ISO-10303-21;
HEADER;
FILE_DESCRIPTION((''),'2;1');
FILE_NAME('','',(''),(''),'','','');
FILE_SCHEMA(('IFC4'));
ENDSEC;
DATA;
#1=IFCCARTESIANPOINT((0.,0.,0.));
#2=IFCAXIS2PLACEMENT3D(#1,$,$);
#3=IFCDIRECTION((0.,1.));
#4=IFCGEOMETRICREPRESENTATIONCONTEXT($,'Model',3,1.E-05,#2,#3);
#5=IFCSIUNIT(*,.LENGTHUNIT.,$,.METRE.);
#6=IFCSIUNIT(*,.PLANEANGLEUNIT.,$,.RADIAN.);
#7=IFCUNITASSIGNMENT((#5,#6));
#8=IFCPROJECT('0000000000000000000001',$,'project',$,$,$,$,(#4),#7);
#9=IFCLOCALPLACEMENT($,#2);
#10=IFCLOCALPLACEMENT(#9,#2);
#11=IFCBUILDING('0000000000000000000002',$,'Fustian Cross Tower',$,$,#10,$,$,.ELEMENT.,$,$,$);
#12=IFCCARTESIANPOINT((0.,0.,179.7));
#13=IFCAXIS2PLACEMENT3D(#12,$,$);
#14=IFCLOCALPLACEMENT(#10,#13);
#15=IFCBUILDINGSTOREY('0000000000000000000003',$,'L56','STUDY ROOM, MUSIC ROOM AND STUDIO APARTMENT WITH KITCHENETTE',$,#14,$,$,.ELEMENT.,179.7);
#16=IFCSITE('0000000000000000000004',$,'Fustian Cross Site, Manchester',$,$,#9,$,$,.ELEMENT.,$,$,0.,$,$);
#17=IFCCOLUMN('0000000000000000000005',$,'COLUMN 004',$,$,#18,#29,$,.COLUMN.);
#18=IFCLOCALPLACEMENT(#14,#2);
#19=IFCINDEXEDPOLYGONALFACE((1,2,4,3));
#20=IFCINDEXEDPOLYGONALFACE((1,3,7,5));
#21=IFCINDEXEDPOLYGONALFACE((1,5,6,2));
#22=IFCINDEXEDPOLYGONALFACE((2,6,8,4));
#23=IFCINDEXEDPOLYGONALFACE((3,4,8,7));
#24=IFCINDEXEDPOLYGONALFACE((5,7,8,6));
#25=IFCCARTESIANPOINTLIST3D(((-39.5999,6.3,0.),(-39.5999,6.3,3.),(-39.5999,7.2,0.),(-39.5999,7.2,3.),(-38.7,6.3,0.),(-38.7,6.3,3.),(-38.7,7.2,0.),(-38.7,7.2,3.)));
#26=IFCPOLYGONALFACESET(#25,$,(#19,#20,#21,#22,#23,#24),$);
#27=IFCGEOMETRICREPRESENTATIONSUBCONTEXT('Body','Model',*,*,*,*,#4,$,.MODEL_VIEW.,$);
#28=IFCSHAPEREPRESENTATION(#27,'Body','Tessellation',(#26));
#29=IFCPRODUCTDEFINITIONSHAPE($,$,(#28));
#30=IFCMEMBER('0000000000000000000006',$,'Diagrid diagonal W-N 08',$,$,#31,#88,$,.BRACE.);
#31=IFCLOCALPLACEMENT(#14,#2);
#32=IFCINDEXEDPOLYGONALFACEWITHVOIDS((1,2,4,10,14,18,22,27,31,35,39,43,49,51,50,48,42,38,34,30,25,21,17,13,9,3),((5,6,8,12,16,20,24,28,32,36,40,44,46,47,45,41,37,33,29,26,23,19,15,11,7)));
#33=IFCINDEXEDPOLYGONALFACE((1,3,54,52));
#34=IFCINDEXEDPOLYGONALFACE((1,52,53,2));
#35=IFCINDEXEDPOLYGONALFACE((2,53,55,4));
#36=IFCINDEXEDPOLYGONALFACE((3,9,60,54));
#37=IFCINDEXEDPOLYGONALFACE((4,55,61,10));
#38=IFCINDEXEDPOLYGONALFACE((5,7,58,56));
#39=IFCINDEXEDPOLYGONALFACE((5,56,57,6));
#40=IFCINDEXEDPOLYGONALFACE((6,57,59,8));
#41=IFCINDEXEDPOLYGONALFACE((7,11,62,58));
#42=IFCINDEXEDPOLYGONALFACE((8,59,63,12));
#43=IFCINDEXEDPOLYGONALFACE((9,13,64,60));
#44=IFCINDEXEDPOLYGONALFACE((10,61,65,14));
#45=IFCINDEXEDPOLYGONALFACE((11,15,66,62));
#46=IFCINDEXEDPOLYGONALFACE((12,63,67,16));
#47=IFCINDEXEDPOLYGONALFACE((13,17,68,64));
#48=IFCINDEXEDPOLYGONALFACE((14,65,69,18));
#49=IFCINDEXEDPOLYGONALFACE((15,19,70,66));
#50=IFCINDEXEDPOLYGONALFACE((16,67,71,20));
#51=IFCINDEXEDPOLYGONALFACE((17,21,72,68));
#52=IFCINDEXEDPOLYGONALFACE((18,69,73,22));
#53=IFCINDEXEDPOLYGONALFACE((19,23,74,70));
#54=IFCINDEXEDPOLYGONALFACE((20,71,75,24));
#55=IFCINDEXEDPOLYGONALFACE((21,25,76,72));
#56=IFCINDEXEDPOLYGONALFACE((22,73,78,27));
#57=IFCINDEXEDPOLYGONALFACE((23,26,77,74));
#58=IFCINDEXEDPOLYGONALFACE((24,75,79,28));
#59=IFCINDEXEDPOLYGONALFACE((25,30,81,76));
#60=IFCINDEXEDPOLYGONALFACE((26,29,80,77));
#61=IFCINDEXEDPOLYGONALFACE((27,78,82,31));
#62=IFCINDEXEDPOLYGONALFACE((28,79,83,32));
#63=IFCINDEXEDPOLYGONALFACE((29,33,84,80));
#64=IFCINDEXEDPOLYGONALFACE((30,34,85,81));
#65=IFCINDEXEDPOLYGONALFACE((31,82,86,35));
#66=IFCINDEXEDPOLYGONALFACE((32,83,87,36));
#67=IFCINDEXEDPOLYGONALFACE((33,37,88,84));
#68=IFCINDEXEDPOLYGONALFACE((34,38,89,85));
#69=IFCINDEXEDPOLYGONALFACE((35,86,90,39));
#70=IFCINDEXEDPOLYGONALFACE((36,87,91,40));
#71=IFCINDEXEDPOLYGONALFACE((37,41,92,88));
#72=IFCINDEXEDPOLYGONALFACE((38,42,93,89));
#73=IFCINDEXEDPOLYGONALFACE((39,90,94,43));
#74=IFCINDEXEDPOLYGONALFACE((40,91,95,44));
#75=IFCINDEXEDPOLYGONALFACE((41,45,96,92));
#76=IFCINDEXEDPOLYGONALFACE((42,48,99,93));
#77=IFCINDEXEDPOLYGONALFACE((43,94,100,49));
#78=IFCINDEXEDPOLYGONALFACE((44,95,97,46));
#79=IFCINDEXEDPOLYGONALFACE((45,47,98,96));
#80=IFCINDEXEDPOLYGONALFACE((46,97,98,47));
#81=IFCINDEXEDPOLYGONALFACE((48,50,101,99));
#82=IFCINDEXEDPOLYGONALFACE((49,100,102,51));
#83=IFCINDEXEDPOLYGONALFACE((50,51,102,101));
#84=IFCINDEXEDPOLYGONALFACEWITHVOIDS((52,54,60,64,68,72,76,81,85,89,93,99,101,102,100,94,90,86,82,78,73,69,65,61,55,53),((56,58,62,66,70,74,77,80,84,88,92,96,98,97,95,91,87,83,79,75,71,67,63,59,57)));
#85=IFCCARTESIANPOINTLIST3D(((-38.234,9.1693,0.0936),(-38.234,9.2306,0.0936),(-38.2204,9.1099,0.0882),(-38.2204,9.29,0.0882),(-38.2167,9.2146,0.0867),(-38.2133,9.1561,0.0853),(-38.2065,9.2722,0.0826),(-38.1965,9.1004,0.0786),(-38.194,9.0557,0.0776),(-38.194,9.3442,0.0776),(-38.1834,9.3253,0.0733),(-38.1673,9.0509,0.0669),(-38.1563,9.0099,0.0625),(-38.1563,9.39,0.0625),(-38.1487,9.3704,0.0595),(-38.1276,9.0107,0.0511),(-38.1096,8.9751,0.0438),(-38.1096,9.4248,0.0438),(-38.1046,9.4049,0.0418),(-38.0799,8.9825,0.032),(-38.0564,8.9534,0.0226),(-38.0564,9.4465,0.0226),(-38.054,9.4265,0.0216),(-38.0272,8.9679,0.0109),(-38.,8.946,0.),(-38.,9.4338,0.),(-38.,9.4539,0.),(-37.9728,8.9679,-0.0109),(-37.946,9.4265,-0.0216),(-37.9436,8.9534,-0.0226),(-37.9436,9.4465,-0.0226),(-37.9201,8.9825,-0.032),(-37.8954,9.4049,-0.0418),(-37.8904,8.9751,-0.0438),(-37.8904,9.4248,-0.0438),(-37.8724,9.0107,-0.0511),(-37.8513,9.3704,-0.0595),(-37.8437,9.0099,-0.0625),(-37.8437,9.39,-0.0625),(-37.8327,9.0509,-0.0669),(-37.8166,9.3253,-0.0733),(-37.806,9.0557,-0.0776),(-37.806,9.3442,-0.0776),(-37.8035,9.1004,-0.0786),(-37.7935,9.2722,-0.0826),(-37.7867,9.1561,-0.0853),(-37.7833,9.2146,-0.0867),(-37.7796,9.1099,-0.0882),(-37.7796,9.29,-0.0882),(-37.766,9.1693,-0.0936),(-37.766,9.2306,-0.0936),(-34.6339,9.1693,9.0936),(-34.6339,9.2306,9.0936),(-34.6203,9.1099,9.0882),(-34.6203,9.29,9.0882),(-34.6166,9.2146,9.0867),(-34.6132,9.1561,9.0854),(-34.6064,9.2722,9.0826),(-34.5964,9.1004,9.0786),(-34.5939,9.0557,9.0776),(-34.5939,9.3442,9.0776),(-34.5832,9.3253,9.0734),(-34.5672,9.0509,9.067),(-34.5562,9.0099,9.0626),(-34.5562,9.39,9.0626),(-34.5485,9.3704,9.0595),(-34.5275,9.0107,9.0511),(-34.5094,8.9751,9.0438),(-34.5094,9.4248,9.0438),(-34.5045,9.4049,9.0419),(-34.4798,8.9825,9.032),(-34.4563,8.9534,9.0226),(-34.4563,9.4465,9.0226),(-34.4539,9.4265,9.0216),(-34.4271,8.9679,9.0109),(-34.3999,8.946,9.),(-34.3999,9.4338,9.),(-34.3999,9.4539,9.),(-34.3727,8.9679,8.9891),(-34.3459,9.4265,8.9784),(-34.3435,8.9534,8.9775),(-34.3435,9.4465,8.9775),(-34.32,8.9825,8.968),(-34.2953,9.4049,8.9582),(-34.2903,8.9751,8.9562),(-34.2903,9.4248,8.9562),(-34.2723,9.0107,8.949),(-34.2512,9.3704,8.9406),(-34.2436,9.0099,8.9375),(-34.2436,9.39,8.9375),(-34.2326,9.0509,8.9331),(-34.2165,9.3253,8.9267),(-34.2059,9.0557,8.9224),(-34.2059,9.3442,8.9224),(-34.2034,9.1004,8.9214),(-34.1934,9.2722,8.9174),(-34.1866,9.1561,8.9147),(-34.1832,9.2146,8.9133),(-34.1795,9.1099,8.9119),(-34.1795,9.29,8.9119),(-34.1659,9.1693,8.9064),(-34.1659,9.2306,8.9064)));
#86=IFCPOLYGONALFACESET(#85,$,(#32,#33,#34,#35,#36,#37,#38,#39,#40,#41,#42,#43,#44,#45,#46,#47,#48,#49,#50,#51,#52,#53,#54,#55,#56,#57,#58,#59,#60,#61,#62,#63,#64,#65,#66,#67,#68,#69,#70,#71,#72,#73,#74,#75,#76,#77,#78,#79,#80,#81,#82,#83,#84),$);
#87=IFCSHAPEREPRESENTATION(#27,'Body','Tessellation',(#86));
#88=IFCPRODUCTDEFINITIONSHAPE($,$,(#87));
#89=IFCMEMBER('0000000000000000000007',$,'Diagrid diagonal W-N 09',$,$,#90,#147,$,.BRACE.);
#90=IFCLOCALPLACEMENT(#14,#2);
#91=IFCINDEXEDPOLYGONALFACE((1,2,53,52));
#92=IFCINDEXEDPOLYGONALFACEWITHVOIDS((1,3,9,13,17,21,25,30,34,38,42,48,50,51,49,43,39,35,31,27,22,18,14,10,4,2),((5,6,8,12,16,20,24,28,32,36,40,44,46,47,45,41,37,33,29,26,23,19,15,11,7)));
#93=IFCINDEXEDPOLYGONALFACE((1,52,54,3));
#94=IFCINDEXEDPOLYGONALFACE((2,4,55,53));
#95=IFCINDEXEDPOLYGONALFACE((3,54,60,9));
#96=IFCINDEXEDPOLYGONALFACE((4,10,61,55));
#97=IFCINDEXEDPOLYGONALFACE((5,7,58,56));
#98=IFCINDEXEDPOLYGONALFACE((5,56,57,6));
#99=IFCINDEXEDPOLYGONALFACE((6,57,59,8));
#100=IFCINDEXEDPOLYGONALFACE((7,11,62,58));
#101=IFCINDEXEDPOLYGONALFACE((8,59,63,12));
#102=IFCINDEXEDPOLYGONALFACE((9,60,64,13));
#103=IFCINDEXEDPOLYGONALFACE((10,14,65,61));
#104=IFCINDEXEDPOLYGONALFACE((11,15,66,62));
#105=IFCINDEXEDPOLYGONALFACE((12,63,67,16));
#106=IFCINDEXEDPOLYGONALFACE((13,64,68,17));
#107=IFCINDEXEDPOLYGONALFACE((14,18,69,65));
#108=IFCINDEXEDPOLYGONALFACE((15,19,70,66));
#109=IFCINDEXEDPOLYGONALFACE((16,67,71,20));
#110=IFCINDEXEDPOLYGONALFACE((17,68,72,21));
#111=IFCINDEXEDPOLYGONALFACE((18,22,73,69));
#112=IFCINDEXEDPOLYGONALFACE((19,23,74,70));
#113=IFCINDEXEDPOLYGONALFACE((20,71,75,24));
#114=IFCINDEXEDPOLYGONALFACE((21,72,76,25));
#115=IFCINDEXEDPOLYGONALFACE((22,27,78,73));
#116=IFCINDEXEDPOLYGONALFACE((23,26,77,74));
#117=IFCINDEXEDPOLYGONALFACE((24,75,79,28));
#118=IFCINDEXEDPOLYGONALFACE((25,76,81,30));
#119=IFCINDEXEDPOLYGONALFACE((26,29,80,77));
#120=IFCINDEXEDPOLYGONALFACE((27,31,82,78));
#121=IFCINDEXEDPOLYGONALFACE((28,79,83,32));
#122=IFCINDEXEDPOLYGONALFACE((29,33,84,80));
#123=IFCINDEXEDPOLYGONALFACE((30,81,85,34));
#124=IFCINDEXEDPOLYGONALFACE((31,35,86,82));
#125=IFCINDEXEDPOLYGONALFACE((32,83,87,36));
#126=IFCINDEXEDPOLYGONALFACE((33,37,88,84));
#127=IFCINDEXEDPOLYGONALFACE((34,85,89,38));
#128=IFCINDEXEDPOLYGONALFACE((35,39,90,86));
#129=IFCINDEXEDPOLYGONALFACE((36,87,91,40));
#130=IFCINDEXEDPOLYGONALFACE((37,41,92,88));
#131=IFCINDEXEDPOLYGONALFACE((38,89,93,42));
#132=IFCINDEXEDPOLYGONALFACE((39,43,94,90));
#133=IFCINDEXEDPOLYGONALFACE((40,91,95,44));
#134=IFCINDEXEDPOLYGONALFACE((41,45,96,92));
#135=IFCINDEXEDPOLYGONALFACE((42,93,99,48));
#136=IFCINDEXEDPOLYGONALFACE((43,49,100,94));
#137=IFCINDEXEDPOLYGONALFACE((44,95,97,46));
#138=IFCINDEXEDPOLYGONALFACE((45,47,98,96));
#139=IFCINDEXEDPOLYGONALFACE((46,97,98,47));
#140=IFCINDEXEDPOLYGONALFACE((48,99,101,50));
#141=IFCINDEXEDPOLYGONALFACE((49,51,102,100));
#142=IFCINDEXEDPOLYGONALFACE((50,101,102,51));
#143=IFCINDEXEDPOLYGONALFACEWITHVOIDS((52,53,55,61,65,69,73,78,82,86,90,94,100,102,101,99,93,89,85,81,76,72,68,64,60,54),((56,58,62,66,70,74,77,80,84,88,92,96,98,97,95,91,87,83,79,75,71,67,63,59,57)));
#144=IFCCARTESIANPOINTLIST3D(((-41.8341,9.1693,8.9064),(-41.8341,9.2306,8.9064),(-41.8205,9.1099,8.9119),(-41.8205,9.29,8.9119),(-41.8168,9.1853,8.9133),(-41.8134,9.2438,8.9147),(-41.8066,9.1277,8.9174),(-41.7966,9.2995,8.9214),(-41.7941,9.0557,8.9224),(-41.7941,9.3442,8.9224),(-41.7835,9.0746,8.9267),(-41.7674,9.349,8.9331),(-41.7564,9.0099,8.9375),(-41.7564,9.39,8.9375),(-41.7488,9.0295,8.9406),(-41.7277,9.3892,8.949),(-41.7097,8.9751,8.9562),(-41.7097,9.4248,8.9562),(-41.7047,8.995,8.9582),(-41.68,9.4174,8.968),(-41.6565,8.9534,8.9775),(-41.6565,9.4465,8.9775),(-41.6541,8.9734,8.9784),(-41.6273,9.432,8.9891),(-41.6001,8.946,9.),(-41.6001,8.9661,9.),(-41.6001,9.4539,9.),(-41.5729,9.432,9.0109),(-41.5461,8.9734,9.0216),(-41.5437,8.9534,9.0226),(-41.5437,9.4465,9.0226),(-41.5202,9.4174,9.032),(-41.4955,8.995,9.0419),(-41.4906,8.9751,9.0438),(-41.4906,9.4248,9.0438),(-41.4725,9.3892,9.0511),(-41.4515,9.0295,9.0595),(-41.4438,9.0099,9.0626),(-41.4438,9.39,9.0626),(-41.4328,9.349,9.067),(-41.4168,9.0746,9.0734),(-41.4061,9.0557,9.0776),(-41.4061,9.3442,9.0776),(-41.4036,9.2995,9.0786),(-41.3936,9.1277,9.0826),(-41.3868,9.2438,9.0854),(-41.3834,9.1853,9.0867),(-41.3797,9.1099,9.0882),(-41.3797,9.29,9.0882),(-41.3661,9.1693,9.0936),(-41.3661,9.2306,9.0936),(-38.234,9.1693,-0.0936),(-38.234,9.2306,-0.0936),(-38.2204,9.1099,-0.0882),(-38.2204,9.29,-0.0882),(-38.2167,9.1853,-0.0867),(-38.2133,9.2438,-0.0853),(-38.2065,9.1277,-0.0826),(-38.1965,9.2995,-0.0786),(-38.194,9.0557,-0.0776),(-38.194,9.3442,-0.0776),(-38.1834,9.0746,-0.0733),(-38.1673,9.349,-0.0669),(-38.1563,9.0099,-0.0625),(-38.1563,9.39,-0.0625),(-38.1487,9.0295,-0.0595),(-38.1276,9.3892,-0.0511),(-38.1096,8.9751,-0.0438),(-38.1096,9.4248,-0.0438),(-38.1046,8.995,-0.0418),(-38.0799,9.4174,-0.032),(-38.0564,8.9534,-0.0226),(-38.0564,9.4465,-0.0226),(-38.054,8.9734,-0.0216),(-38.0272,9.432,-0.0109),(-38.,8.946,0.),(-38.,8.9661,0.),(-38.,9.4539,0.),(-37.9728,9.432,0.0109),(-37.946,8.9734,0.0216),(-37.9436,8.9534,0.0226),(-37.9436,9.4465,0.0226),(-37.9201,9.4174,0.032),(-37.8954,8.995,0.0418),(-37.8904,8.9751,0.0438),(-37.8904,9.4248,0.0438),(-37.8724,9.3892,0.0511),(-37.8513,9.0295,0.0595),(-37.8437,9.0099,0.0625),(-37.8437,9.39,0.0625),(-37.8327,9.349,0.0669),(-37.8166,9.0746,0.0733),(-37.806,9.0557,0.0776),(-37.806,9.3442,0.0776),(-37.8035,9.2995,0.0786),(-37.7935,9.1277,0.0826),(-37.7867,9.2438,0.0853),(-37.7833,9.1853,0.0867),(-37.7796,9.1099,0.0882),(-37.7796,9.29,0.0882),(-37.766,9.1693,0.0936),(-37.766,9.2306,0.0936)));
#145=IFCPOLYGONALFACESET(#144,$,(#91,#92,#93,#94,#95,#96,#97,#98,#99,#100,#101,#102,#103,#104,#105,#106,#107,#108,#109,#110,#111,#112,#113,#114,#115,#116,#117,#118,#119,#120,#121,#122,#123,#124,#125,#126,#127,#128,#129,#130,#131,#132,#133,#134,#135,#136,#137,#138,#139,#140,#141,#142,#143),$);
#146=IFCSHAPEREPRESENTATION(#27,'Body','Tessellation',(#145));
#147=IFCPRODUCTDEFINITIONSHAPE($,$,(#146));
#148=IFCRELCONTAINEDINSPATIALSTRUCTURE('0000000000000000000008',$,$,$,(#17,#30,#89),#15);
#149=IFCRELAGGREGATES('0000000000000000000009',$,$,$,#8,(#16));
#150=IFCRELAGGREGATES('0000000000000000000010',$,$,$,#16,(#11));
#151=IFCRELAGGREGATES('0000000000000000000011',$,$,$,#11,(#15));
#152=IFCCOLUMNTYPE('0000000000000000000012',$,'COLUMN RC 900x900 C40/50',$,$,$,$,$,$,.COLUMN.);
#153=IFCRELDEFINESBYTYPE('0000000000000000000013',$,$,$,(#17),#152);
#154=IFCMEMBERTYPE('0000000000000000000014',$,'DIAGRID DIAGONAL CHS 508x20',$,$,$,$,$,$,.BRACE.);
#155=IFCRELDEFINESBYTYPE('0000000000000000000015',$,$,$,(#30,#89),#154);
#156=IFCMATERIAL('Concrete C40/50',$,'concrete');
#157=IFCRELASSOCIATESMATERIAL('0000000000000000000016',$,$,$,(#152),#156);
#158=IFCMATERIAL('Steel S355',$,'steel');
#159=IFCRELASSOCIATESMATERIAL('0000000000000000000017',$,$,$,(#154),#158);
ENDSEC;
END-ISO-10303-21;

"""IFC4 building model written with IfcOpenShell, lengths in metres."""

from ifc_helpers import new_model, si_unit, direction, frame, origin, origin_2d, place, context, subcontext, project, spatial, rectangle, hollow_circle, extrude, material, material_profile, profile_set, type_object, element, save


model = new_model("IFC4")

# Units and contexts
model_context = context("Model", 3, precision=1e-05, world=origin(), true_north=direction((0.0, 1.0)))
body_context = subcontext(model_context, "Body", "Model", "MODEL_VIEW")
ifc_project = project(units=[si_unit("LENGTHUNIT", "METRE"), si_unit("PLANEANGLEUNIT", "RADIAN")], contexts=[model_context])

# Site, building, storey
site_placement = place(None, origin())
site = spatial("IfcSite", under=ifc_project, at=site_placement, Name="Fustian Cross Site, Manchester", CompositionType="ELEMENT", RefElevation=0.0)
building_placement = place(site_placement, origin())
building = spatial("IfcBuilding", under=site, at=building_placement, Name="Fustian Cross Tower", CompositionType="ELEMENT")
storey_placement = place(building_placement, frame((0.0, 0.0, 179.7)))
storey = spatial("IfcBuildingStorey", under=building, at=storey_placement, Name="L56", Description="STUDY ROOM, MUSIC ROOM AND STUDIO APARTMENT WITH KITCHENETTE", CompositionType="ELEMENT", Elevation=179.7)

# Column
ifc_material_1 = material(Name="Concrete C40/50", Category="concrete")
ifc_material_profile_1 = material_profile(ifc_material_1, rectangle(XDim=0.8999, YDim=0.8999, at=origin_2d()), Name="RC 900x900")
ifc_profile_set_1 = profile_set([ifc_material_profile_1], Name="Concrete C40/50")
column_type = type_object("IfcColumnType", Name="COLUMN RC 900x900 C40/50", PredefinedType="COLUMN", material=ifc_profile_set_1)
column_placement = place(storey_placement, frame((-39.1499, 6.75, 0.0), z_axis=(0.0, 0.0, 1.0), x_axis=(1.0, 0.0, 0.0)))
element("IfcColumn", 1, at=column_placement, inside=storey, type_object=column_type, Name="COLUMN 004", PredefinedType="COLUMN", context=body_context, shape_type="SweptSolid", body=[
    extrude(rectangle(XDim=0.8999, YDim=0.8999, at=origin_2d()), origin(), (0.0, 0.0, 1.0), 3.0),
])

# Members
ifc_material_2 = material(Name="Steel S355", Category="steel")
ifc_material_profile_2 = material_profile(ifc_material_2, hollow_circle(Radius=0.2539, WallThickness=0.02, at=origin_2d()), Name="CHS 508x20")
ifc_profile_set_2 = profile_set([ifc_material_profile_2], Name="Steel S355")
member_type_1 = type_object("IfcMemberType", Name="DIAGRID DIAGONAL CHS 508x20", PredefinedType="BRACE", material=ifc_profile_set_2)
for number, where, z_axis, x_axis, name in (
    (2, (-38.0, 9.2, 0.0), (0.371399, 0.0, 0.928473), (0.0, 1.0, 0.0), "Diagrid diagonal W-N 08"),
    (3, (-38.0, 9.2, 0.0), (-0.371399, 0.0, 0.928473), (0.0, -1.0, 0.0), "Diagrid diagonal W-N 09"),
):
    element("IfcMember", number, at=place(storey_placement, frame(where, z_axis=z_axis, x_axis=x_axis)), inside=storey, type_object=member_type_1, Name=name, PredefinedType="BRACE", context=body_context, shape_type="SweptSolid", body=[
        extrude(hollow_circle(Radius=0.2539, WallThickness=0.02, at=origin_2d()), origin(), (0.0, 0.0, 1.0), 9.6934),
    ])

save(model, "model.ifc")
